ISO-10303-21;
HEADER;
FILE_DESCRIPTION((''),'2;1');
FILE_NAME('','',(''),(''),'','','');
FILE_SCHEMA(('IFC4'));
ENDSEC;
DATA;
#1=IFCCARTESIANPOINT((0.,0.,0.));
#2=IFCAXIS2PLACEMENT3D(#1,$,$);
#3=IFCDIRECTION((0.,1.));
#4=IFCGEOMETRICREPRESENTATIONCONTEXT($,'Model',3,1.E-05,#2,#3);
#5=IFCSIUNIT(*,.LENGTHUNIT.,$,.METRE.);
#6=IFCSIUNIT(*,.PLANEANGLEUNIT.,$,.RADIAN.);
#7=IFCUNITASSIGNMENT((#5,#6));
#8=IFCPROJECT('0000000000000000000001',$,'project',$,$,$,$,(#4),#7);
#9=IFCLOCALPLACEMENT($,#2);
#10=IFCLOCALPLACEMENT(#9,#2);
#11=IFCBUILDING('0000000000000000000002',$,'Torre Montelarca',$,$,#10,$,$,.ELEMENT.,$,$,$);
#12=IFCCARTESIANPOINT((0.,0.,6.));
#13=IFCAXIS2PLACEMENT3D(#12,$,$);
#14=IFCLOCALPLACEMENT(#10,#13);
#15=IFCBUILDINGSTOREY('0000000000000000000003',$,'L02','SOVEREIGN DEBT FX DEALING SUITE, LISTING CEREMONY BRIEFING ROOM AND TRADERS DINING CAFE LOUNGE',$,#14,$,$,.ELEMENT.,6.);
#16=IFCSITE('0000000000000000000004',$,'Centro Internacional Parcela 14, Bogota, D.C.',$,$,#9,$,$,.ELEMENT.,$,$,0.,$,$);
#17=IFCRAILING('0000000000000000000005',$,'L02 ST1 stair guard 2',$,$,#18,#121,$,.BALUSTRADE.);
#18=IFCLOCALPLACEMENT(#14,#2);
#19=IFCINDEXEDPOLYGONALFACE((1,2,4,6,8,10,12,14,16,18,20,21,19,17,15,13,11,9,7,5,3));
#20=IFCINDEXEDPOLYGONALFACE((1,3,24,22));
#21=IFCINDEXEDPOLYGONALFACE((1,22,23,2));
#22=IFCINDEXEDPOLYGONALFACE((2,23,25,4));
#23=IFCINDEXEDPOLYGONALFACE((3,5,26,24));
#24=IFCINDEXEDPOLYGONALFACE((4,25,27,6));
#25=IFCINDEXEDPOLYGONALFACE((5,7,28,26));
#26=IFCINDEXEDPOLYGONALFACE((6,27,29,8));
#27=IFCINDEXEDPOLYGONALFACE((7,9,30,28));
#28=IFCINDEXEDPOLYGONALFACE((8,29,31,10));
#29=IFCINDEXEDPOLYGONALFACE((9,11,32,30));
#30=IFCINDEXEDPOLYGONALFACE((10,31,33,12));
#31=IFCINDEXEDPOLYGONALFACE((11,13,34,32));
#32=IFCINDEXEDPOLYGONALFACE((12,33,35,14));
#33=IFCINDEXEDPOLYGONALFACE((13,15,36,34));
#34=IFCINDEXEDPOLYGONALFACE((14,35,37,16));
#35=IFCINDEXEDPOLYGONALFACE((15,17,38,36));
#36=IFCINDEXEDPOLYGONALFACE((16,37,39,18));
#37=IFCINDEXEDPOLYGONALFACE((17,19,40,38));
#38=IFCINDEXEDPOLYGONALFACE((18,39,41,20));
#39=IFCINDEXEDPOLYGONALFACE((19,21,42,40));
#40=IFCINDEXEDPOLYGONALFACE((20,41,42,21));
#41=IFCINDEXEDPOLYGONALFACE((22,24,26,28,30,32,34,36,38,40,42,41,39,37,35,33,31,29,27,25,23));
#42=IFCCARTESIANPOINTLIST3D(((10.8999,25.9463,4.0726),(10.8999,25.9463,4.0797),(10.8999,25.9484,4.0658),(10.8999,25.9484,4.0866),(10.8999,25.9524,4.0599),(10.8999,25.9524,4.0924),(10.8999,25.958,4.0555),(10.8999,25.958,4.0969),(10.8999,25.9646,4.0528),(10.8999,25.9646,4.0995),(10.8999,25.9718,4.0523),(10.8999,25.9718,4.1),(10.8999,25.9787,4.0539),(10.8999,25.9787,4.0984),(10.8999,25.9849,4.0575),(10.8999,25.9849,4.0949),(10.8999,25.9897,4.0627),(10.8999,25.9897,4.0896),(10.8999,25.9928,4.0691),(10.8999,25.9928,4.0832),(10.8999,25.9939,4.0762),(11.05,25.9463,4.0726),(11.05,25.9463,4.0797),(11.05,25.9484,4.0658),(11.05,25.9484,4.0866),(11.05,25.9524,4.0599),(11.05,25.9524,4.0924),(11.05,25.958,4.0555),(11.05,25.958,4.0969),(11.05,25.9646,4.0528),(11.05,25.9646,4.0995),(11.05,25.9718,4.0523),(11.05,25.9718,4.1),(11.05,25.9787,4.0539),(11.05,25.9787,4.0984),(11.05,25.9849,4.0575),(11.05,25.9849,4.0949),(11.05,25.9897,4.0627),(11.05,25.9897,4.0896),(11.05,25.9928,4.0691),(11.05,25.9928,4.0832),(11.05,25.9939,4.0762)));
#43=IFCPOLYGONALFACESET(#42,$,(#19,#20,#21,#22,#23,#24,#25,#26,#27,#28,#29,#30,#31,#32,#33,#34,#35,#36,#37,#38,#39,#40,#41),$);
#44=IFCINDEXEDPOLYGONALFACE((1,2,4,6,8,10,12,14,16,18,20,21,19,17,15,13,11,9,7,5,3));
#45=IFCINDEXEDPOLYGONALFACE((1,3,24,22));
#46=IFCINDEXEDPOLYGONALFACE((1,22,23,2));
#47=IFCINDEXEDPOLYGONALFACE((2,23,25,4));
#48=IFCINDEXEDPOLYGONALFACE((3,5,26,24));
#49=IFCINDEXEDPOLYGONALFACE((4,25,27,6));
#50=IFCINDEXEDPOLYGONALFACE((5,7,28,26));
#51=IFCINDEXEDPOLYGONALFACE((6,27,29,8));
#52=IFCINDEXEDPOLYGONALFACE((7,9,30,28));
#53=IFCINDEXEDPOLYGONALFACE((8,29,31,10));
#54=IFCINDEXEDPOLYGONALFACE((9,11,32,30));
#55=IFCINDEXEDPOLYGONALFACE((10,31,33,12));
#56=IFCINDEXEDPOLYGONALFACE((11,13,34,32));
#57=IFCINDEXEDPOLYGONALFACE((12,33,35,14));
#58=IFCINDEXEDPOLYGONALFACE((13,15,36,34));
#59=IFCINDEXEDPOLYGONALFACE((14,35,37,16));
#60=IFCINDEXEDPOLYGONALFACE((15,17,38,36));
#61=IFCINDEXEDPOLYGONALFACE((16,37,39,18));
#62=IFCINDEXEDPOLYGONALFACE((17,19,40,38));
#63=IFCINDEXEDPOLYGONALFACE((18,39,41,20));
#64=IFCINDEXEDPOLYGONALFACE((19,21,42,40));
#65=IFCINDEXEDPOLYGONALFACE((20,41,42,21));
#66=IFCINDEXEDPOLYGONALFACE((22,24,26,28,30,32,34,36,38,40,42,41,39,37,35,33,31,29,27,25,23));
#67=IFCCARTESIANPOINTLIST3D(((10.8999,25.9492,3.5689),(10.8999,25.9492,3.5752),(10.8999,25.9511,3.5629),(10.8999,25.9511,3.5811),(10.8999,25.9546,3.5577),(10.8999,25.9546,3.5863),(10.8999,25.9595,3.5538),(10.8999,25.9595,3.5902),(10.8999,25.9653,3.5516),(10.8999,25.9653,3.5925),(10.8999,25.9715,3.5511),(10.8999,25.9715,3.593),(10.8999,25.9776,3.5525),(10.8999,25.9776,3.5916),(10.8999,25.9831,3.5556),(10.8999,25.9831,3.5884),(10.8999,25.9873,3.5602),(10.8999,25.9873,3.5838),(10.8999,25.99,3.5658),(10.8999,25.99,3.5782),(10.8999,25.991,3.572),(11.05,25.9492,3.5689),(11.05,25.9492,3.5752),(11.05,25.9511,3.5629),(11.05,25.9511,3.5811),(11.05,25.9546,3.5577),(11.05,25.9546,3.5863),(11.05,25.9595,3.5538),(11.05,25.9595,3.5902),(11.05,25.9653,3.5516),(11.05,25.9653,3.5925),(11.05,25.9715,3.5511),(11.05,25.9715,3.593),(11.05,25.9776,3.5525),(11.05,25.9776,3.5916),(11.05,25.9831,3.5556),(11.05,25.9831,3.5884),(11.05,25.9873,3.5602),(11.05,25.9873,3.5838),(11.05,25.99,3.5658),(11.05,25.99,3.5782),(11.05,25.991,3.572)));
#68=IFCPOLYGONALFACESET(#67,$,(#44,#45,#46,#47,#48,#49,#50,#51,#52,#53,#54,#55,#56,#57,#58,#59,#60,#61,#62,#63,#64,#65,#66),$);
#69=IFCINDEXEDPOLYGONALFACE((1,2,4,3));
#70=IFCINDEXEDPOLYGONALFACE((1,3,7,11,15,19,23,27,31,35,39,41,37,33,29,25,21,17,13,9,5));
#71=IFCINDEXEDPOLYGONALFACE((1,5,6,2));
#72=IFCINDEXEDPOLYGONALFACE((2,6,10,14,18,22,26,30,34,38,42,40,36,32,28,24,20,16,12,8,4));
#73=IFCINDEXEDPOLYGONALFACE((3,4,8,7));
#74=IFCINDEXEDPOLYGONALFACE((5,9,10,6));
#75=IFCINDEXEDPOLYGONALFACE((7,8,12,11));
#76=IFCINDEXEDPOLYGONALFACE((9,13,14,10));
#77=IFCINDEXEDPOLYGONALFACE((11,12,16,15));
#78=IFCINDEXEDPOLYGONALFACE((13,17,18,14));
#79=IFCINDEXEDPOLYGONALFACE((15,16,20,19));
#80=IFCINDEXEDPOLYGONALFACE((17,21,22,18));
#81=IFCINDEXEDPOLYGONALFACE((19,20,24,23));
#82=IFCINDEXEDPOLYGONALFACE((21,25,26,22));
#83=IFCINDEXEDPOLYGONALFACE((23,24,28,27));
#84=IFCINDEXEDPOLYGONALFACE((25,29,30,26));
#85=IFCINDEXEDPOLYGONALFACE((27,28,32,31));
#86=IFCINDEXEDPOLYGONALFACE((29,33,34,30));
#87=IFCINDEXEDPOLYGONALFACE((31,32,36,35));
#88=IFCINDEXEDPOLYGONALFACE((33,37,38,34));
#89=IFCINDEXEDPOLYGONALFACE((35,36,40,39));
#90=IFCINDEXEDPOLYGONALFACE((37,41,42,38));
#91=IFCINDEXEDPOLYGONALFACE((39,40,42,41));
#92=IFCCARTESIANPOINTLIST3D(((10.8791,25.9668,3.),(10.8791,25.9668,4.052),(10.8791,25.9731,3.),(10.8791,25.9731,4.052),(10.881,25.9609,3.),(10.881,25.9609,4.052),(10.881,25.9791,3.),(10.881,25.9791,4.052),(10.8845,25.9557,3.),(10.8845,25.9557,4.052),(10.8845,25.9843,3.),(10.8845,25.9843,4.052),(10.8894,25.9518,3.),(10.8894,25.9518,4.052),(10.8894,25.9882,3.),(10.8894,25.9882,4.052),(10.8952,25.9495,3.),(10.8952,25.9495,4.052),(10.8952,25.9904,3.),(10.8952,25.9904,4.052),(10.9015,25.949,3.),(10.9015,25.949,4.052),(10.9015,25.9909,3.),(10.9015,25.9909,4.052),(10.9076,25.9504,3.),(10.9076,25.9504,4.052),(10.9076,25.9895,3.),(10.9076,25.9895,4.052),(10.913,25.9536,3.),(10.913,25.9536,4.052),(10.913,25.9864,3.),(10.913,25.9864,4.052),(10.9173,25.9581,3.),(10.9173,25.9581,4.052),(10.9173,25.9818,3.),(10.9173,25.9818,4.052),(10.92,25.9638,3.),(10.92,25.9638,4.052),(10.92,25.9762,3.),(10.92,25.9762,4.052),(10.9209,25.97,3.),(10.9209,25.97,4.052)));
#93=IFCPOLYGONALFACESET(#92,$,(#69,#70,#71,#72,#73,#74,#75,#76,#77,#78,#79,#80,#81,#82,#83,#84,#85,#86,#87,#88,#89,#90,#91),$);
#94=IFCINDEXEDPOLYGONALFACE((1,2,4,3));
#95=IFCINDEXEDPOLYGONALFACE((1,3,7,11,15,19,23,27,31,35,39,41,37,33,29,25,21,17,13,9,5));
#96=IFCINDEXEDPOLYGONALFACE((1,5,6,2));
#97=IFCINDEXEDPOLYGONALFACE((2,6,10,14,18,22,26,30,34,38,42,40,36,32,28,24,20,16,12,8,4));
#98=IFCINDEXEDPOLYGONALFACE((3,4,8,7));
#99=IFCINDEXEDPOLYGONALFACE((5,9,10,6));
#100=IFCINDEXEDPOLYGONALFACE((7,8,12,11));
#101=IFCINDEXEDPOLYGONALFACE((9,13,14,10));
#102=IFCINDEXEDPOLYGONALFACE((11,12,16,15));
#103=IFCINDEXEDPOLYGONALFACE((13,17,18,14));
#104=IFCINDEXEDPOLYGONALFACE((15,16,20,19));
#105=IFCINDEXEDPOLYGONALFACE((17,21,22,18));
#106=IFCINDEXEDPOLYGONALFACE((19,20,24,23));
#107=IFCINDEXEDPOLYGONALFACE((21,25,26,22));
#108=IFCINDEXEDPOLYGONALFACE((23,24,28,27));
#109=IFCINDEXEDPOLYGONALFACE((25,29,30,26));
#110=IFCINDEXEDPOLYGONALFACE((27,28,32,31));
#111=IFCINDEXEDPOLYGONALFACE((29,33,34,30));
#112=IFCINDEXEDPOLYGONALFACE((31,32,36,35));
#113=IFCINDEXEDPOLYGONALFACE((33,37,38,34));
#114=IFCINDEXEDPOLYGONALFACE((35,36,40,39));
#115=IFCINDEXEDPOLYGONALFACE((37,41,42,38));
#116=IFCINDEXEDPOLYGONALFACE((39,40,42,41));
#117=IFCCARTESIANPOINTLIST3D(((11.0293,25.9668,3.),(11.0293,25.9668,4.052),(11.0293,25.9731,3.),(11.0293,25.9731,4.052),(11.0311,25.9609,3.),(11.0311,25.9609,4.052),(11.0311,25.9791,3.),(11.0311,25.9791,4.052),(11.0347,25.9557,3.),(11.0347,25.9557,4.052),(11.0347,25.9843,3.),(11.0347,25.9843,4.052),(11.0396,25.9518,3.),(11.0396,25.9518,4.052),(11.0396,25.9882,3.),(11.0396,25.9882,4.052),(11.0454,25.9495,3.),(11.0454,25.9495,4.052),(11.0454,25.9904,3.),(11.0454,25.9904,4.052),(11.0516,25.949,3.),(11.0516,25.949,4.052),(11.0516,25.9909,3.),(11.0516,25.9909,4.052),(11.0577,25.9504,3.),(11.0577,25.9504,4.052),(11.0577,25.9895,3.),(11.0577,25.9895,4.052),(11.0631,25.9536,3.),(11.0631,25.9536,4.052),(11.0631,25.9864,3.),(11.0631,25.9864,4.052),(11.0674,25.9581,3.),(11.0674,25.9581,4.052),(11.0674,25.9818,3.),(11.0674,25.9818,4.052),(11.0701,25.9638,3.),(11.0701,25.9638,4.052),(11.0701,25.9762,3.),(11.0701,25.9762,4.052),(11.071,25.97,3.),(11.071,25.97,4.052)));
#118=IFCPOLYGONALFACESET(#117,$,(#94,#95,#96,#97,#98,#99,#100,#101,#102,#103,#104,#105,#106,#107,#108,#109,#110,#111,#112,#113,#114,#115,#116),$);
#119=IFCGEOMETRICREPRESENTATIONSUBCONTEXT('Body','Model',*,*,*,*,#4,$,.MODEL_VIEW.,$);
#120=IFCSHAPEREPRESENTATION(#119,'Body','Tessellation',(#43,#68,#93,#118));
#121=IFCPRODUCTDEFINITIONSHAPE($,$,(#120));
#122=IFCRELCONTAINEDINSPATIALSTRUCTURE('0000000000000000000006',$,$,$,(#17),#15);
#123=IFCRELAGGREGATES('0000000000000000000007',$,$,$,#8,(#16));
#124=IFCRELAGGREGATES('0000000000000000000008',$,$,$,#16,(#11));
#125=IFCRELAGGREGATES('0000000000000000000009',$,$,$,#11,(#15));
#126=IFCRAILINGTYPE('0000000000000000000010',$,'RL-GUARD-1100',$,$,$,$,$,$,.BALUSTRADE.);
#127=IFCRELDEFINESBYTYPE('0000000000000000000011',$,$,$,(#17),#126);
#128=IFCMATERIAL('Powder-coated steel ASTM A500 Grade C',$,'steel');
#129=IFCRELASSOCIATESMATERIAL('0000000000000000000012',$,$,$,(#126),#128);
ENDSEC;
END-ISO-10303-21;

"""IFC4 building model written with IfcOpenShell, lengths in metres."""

from ifc_helpers import new_model, si_unit, direction, frame, origin, origin_2d, place, context, subcontext, project, spatial, circle, extrude, material, type_object, element, save


model = new_model("IFC4")

# Units and contexts
model_context = context("Model", 3, precision=1e-05, world=origin(), true_north=direction((0.0, 1.0)))
body_context = subcontext(model_context, "Body", "Model", "MODEL_VIEW")
ifc_project = project(units=[si_unit("LENGTHUNIT", "METRE"), si_unit("PLANEANGLEUNIT", "RADIAN")], contexts=[model_context])

# Site, building, storey
site_placement = place(None, origin())
site = spatial("IfcSite", under=ifc_project, at=site_placement, Name="Centro Internacional Parcela 14, Bogota, D.C.", CompositionType="ELEMENT", RefElevation=0.0)
building_placement = place(site_placement, origin())
building = spatial("IfcBuilding", under=site, at=building_placement, Name="Torre Montelarca", CompositionType="ELEMENT")
storey_placement = place(building_placement, frame((0.0, 0.0, 6.0)))
storey = spatial("IfcBuildingStorey", under=building, at=storey_placement, Name="L02", Description="SOVEREIGN DEBT FX DEALING SUITE, LISTING CEREMONY BRIEFING ROOM AND TRADERS DINING CAFE LOUNGE", CompositionType="ELEMENT", Elevation=6.0)

# Railing
ifc_material_1 = material(Name="Powder-coated steel ASTM A500 Grade C", Category="steel")
railing_type_1 = type_object("IfcRailingType", Name="RL-GUARD-1100", PredefinedType="BALUSTRADE", material=ifc_material_1)
railing_1_placement = place(storey_placement, frame((10.8999, 25.97, 3.0)))
element("IfcRailing", 1, at=railing_1_placement, inside=storey, type_object=railing_type_1, Name="L02 ST1 stair guard 2", PredefinedType="BALUSTRADE", context=body_context, shape_type="SweptSolid", body=[
    extrude(circle(Radius=0.0239, at=origin_2d()), frame((0.0, 0.0, 1.0762), z_axis=(1.0, 0.0, 0.0), x_axis=(0.0, 1.0, 0.0)), (0.0, 0.0, 1.0), 0.1501),
    extrude(circle(Radius=0.021, at=origin_2d()), frame((0.0, 0.0, 0.572), z_axis=(1.0, 0.0, 0.0), x_axis=(0.0, 1.0, 0.0)), (0.0, 0.0, 1.0), 0.1501),
    extrude(circle(Radius=0.021, at=origin_2d()), origin(), (0.0, 0.0, 1.0), 1.052),
    extrude(circle(Radius=0.021, at=origin_2d()), frame((0.1501, 0.0, 0.0)), (0.0, 0.0, 1.0), 1.052),
])

save(model, "model.ifc")
